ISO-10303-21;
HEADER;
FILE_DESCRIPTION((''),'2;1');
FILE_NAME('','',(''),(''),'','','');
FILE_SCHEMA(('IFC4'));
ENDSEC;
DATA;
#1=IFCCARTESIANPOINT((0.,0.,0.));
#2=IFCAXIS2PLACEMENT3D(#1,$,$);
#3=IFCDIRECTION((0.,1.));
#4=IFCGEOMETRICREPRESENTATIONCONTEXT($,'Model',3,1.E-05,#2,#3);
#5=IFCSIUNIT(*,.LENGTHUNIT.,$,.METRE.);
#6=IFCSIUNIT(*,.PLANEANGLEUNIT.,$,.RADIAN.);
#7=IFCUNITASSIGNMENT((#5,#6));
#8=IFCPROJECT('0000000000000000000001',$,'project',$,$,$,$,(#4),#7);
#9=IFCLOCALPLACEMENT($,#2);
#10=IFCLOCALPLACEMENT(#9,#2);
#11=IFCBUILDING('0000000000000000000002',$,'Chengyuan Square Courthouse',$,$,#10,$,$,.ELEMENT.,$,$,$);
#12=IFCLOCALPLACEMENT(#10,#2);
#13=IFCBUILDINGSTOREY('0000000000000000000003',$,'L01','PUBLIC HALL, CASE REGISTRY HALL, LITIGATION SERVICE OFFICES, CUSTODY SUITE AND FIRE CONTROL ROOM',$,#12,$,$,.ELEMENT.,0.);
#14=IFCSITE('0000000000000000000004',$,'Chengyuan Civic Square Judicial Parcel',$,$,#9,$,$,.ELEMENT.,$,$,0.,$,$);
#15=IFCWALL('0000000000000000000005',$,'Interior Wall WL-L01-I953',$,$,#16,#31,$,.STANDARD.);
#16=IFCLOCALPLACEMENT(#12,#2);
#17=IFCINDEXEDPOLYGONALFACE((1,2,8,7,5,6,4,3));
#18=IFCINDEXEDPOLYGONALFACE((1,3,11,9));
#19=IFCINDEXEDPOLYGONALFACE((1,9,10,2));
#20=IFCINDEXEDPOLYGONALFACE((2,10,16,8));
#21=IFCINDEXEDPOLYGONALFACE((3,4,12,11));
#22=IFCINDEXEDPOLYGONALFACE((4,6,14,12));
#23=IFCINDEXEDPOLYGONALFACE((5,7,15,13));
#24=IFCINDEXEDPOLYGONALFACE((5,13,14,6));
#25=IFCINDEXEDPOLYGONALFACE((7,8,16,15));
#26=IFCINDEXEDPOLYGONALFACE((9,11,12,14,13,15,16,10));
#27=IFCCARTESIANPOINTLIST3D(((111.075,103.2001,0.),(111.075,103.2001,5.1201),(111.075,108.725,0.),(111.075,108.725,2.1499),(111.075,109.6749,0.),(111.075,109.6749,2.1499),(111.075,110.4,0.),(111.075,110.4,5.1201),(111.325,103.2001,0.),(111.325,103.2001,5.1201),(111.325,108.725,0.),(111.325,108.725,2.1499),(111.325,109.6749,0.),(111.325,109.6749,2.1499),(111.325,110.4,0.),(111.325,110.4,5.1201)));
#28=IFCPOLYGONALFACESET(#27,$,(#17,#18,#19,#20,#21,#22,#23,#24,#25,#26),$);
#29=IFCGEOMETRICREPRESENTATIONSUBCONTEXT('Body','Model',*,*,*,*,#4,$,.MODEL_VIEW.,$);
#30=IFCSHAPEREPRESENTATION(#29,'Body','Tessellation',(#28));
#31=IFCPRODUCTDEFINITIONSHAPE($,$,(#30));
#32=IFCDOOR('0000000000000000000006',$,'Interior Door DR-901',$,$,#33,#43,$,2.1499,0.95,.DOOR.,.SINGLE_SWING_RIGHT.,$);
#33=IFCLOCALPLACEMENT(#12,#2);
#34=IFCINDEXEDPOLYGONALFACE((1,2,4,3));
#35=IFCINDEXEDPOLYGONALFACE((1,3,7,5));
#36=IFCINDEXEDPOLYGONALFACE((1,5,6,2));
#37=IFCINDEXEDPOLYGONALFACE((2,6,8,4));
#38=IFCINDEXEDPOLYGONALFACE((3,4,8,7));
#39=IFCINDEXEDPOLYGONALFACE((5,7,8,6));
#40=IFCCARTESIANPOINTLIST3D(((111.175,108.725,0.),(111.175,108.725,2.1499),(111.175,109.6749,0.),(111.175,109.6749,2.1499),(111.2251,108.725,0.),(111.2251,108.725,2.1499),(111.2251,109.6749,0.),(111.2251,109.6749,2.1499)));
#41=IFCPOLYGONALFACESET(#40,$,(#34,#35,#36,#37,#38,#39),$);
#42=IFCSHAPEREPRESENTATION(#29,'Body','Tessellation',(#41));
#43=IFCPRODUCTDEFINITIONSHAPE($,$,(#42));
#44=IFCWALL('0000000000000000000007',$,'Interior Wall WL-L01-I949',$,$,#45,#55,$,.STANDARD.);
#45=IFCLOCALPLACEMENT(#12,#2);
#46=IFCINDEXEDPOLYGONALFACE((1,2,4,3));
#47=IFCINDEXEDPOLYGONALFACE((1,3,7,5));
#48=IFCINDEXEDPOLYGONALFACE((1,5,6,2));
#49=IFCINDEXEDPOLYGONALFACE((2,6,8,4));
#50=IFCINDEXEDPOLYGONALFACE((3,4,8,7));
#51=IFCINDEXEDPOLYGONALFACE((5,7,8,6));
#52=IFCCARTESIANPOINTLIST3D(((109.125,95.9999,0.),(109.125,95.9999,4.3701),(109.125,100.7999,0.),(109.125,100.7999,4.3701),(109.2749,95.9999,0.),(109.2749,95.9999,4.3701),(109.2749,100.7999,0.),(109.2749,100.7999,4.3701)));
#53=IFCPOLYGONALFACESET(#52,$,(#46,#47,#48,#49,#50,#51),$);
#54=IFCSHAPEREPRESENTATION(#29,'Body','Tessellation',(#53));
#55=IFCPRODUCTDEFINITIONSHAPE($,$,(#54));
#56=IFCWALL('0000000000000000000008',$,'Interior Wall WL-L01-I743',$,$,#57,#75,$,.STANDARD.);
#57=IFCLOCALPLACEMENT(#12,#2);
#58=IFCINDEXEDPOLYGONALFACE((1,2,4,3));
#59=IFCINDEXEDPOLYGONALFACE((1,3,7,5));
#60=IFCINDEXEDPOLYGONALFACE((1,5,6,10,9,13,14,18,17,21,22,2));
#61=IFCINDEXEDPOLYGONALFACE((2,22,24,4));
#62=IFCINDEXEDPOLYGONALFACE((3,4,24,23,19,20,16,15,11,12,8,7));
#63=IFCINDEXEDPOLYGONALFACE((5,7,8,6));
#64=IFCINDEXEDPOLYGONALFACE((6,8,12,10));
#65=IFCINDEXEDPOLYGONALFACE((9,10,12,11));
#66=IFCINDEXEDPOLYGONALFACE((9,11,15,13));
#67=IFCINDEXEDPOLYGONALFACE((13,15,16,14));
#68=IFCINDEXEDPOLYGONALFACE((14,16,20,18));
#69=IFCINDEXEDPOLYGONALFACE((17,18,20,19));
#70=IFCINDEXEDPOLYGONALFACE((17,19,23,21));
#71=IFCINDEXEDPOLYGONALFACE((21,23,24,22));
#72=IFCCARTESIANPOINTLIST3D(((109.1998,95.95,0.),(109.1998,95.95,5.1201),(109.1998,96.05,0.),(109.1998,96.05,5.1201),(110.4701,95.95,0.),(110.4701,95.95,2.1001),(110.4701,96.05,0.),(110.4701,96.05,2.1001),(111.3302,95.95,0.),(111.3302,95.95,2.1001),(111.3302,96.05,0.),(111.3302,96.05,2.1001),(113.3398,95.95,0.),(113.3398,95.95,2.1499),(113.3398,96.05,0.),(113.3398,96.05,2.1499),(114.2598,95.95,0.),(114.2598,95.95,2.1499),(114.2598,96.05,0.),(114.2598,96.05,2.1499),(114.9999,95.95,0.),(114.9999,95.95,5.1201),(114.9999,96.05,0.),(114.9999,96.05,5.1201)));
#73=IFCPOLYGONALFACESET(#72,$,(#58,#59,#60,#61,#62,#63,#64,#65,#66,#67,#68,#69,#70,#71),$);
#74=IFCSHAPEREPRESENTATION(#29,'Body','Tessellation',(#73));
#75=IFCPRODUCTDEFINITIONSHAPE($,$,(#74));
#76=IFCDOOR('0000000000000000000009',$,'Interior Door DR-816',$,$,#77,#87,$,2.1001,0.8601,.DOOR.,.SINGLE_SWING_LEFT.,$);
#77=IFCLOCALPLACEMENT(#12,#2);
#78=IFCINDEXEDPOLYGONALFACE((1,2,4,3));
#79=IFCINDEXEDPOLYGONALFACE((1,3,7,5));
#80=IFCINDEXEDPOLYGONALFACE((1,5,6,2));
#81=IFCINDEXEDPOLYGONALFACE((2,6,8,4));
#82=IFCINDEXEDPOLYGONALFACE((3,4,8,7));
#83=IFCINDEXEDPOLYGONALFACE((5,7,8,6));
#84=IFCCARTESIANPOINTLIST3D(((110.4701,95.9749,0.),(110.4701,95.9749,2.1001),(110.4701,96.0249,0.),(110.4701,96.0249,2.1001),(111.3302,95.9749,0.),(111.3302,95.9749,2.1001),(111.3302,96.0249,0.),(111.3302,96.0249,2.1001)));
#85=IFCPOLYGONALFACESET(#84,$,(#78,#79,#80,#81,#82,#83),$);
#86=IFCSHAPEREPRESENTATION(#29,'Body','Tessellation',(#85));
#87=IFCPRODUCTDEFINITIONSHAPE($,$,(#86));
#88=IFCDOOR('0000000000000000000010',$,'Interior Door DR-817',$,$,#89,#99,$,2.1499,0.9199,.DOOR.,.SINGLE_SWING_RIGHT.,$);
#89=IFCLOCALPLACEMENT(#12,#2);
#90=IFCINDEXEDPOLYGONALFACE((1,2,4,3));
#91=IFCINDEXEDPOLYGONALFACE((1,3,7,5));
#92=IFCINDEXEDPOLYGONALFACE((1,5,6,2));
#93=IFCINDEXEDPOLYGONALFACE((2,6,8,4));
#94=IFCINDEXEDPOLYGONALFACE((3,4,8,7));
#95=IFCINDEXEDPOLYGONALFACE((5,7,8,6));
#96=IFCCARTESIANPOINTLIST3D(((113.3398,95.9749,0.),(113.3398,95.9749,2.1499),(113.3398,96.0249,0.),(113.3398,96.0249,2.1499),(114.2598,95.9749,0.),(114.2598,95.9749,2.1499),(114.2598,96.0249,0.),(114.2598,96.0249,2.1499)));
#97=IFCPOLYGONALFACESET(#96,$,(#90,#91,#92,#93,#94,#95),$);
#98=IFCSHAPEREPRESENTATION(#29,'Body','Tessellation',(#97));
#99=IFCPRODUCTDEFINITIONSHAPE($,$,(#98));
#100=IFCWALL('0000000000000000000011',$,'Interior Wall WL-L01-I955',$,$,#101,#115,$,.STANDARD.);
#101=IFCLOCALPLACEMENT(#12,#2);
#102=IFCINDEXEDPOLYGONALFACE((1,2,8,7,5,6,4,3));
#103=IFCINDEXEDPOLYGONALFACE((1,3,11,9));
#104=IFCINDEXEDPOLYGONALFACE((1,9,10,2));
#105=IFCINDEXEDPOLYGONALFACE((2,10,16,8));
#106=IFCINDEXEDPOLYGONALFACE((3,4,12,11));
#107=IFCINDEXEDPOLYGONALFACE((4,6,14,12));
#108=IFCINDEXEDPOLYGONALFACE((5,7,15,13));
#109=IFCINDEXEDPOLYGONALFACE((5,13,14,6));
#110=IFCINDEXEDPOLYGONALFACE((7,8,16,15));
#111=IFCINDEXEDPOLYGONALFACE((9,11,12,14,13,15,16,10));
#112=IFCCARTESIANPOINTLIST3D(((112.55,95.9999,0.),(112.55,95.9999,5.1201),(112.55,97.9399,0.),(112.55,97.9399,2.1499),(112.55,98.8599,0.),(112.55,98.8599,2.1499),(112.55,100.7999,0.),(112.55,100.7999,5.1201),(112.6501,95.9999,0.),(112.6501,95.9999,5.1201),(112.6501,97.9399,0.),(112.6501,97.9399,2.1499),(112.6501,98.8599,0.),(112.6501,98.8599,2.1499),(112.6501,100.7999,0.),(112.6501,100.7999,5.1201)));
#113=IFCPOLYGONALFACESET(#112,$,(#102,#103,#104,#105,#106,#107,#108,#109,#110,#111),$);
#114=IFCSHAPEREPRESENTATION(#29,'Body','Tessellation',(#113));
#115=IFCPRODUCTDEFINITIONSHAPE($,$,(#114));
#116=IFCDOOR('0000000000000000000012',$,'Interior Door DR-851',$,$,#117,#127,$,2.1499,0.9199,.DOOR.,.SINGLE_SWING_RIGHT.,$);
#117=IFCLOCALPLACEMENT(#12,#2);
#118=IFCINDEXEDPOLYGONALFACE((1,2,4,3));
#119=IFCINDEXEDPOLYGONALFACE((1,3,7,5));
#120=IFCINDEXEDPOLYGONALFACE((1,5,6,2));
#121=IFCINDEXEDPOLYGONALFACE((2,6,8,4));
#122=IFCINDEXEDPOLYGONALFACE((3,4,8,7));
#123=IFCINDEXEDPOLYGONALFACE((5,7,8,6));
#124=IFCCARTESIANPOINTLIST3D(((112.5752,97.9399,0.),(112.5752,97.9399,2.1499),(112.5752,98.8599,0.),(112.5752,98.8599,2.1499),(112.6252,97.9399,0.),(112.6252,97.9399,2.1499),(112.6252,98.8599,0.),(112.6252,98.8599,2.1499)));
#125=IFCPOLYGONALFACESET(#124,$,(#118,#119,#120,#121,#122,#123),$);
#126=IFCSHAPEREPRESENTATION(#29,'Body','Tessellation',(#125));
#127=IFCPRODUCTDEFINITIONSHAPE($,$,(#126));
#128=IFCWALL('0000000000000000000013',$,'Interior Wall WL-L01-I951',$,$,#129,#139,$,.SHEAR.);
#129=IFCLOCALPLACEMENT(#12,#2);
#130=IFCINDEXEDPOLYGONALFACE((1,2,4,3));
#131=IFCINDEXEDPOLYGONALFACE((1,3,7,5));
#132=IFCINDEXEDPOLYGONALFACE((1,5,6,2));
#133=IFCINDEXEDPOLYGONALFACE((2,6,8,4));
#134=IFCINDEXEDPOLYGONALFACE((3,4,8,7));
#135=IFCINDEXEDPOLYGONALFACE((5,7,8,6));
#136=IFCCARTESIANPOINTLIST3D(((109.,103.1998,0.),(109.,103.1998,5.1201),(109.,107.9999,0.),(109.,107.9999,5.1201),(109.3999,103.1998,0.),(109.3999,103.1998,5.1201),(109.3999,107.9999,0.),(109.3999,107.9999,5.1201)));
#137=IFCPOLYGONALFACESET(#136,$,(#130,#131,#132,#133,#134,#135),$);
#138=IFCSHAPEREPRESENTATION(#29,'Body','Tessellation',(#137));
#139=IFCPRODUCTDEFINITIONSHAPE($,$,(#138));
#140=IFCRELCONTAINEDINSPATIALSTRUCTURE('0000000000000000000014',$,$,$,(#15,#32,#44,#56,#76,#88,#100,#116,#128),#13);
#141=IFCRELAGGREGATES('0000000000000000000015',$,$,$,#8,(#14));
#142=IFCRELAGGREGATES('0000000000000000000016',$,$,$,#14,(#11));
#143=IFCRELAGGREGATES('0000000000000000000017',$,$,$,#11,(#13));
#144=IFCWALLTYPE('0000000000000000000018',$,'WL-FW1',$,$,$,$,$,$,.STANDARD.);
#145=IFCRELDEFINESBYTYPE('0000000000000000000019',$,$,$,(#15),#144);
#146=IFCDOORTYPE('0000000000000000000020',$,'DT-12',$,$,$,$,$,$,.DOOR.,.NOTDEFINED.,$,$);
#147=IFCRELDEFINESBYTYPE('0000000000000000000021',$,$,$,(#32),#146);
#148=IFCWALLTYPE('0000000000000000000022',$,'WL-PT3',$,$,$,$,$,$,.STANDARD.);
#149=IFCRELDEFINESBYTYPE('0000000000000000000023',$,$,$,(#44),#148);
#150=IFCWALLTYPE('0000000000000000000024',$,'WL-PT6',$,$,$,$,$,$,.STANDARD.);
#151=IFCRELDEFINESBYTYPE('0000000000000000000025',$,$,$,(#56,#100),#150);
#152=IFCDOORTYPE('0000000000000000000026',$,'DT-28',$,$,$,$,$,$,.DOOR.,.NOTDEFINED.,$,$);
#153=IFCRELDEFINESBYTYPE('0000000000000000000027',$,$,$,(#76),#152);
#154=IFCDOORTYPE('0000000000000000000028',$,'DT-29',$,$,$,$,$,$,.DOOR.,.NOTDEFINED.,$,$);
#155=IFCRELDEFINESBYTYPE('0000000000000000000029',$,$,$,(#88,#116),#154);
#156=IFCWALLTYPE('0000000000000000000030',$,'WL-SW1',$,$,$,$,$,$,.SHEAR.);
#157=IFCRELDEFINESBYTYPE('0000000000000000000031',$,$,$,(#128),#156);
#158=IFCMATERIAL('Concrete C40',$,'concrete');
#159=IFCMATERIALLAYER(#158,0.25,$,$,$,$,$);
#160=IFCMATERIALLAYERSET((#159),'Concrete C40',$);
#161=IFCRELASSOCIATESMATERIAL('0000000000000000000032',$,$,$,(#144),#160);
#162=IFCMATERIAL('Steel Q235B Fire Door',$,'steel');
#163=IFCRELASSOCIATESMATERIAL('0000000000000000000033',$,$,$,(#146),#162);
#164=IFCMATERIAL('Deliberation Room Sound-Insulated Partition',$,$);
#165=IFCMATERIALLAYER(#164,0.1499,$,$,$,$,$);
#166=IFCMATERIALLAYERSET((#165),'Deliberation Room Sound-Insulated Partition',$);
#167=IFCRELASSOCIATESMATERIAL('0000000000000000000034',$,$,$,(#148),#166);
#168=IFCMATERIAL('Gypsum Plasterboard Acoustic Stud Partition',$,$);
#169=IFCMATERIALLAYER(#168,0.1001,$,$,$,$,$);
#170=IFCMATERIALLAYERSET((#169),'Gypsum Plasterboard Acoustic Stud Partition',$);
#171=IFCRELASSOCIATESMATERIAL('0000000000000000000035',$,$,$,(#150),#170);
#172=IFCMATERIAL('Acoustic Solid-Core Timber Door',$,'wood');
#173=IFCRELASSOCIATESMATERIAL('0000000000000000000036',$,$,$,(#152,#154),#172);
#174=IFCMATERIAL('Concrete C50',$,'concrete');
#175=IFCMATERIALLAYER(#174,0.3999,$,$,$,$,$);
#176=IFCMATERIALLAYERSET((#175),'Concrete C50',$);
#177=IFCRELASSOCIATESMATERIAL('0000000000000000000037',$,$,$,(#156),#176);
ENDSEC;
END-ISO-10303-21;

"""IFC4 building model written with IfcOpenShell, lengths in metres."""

from ifc_helpers import new_model, si_unit, direction, frame, frame_2d, origin, place, context, subcontext, project, spatial, rectangle, extrude, material, layer, layer_set, type_object, element, fill, save


model = new_model("IFC4")

# Units and contexts
model_context = context("Model", 3, precision=1e-05, world=origin(), true_north=direction((0.0, 1.0)))
body_context = subcontext(model_context, "Body", "Model", "MODEL_VIEW")
ifc_project = project(units=[si_unit("LENGTHUNIT", "METRE"), si_unit("PLANEANGLEUNIT", "RADIAN")], contexts=[model_context])

# Site, building, storey
site_placement = place(None, origin())
site = spatial("IfcSite", under=ifc_project, at=site_placement, Name="Chengyuan Civic Square Judicial Parcel", CompositionType="ELEMENT", RefElevation=0.0)
building_placement = place(site_placement, origin())
building = spatial("IfcBuilding", under=site, at=building_placement, Name="Chengyuan Square Courthouse", CompositionType="ELEMENT")
storey_placement = place(building_placement, origin())
storey = spatial("IfcBuildingStorey", under=building, at=storey_placement, Name="L01", Description="PUBLIC HALL, CASE REGISTRY HALL, LITIGATION SERVICE OFFICES, CUSTODY SUITE AND FIRE CONTROL ROOM", CompositionType="ELEMENT", Elevation=0.0)

# Shared definitions
ifc_material_1 = material(Name="Concrete C50", Category="concrete")

# Shared definitions
ifc_material_2 = material(Name="Concrete C40", Category="concrete")

# Shared definitions
ifc_layer_1 = layer(ifc_material_2, 0.25)
ifc_layer_set_1 = layer_set([ifc_layer_1], Name="Concrete C40")
wall_type_1 = type_object("IfcWallType", Name="WL-FW1", PredefinedType="STANDARD", material=ifc_layer_set_1)
ifc_material_3 = material(Name="Steel Q235B Fire Door", Category="steel")

# Wall, opening, door
wall_1_placement = place(storey_placement, frame((111.2, 103.2, 0.0), z_axis=(0.0, 0.0, 1.0), x_axis=(0.0, 1.0, 0.0)))
wall_1 = element("IfcWall", 1, at=wall_1_placement, inside=storey, type_object=wall_type_1, Name="Interior Wall WL-L01-I953", PredefinedType="STANDARD", context=body_context, shape_type="SweptSolid", body=[
    extrude(rectangle(XDim=7.2, YDim=0.25, at=frame_2d((3.6001, 0.0))), origin(), (0.0, 0.0, 1.0), 5.1201),
])
opening_1_placement = place(wall_1_placement, frame((5.5249, 0.0, 0.0)))
opening_1 = element("IfcOpeningElement", 2, at=opening_1_placement, cuts=wall_1, PredefinedType="OPENING", context=body_context, shape_type="SweptSolid", body=[
    extrude(rectangle(XDim=0.95, YDim=2.1499, at=frame_2d((0.4751, 1.075))), frame((0.0, 0.137, 0.0), z_axis=(0.0, -1.0, 0.0), x_axis=(1.0, 0.0, 0.0)), (0.0, 0.0, 1.0), 0.2739),
])
door_type_1 = type_object("IfcDoorType", Name="DT-12", OperationType="NOTDEFINED", PredefinedType="DOOR", material=ifc_material_3)
door_1_placement = place(opening_1_placement, origin())
door_1 = element("IfcDoor", 3, at=door_1_placement, inside=storey, type_object=door_type_1, Name="Interior Door DR-901", OperationType="SINGLE_SWING_RIGHT", OverallHeight=2.1499, OverallWidth=0.95, PredefinedType="DOOR", context=body_context, shape_type="SweptSolid", body=[
    extrude(rectangle(XDim=0.95, YDim=2.1499, at=frame_2d((0.4751, 1.075))), frame((0.0, 0.0249, 0.0), z_axis=(0.0, -1.0, 0.0), x_axis=(1.0, 0.0, 0.0)), (0.0, 0.0, 1.0), 0.05),
])
fill(opening_1, door_1)

# Wall
ifc_material_4 = material(Name="Deliberation Room Sound-Insulated Partition")
ifc_layer_2 = layer(ifc_material_4, 0.1499)
ifc_layer_set_2 = layer_set([ifc_layer_2], Name="Deliberation Room Sound-Insulated Partition")
wall_type_2 = type_object("IfcWallType", Name="WL-PT3", PredefinedType="STANDARD", material=ifc_layer_set_2)
wall_2_placement = place(storey_placement, frame((109.2, 96.0, 0.0), z_axis=(0.0, 0.0, 1.0), x_axis=(0.0, 1.0, 0.0)))
element("IfcWall", 4, at=wall_2_placement, inside=storey, type_object=wall_type_2, Name="Interior Wall WL-L01-I949", PredefinedType="STANDARD", context=body_context, shape_type="SweptSolid", body=[
    extrude(rectangle(XDim=4.8, YDim=0.1499, at=frame_2d((2.3999, 0.0))), origin(), (0.0, 0.0, 1.0), 4.3701),
])

# Wall, openings, doors
ifc_material_5 = material(Name="Gypsum Plasterboard Acoustic Stud Partition")
ifc_layer_3 = layer(ifc_material_5, 0.1001)
ifc_layer_set_3 = layer_set([ifc_layer_3], Name="Gypsum Plasterboard Acoustic Stud Partition")
wall_type_3 = type_object("IfcWallType", Name="WL-PT6", PredefinedType="STANDARD", material=ifc_layer_set_3)
wall_3_placement = place(storey_placement, frame((109.2, 96.0, 0.0), z_axis=(0.0, 0.0, 1.0), x_axis=(1.0, 0.0, 0.0)))
wall_3 = element("IfcWall", 5, at=wall_3_placement, inside=storey, type_object=wall_type_3, Name="Interior Wall WL-L01-I743", PredefinedType="STANDARD", context=body_context, shape_type="SweptSolid", body=[
    extrude(rectangle(XDim=5.8, YDim=0.1001, at=frame_2d((2.8999, 0.0))), origin(), (0.0, 0.0, 1.0), 5.1201),
])
opening_2_placement = place(wall_3_placement, frame((1.27, 0.0, 0.0)))
opening_2 = element("IfcOpeningElement", 6, at=opening_2_placement, cuts=wall_3, PredefinedType="OPENING", context=body_context, shape_type="SweptSolid", body=[
    extrude(rectangle(XDim=0.8601, YDim=2.1001, at=frame_2d((0.4302, 1.05))), frame((0.0, 0.062, 0.0), z_axis=(0.0, -1.0, 0.0), x_axis=(1.0, 0.0, 0.0)), (0.0, 0.0, 1.0), 0.124),
])
opening_3_placement = place(wall_3_placement, frame((4.1399, 0.0, 0.0)))
opening_3 = element("IfcOpeningElement", 7, at=opening_3_placement, cuts=wall_3, PredefinedType="OPENING", context=body_context, shape_type="SweptSolid", body=[
    extrude(rectangle(XDim=0.9199, YDim=2.1499, at=frame_2d((0.46, 1.075))), frame((0.0, 0.062, 0.0), z_axis=(0.0, -1.0, 0.0), x_axis=(1.0, 0.0, 0.0)), (0.0, 0.0, 1.0), 0.124),
])
ifc_material_6 = material(Name="Acoustic Solid-Core Timber Door", Category="wood")
door_type_2 = type_object("IfcDoorType", Name="DT-28", OperationType="NOTDEFINED", PredefinedType="DOOR", material=ifc_material_6)
door_2_placement = place(opening_2_placement, origin())
door_2 = element("IfcDoor", 8, at=door_2_placement, inside=storey, type_object=door_type_2, Name="Interior Door DR-816", OperationType="SINGLE_SWING_LEFT", OverallHeight=2.1001, OverallWidth=0.8601, PredefinedType="DOOR", context=body_context, shape_type="SweptSolid", body=[
    extrude(rectangle(XDim=0.8601, YDim=2.1001, at=frame_2d((0.4302, 1.05))), frame((0.0, 0.0249, 0.0), z_axis=(0.0, -1.0, 0.0), x_axis=(1.0, 0.0, 0.0)), (0.0, 0.0, 1.0), 0.05),
])
fill(opening_2, door_2)
door_type_3 = type_object("IfcDoorType", Name="DT-29", OperationType="NOTDEFINED", PredefinedType="DOOR", material=ifc_material_6)
door_3_placement = place(opening_3_placement, origin())
door_3 = element("IfcDoor", 9, at=door_3_placement, inside=storey, type_object=door_type_3, Name="Interior Door DR-817", OperationType="SINGLE_SWING_RIGHT", OverallHeight=2.1499, OverallWidth=0.9199, PredefinedType="DOOR", context=body_context, shape_type="SweptSolid", body=[
    extrude(rectangle(XDim=0.9199, YDim=2.1499, at=frame_2d((0.46, 1.075))), frame((0.0, 0.0249, 0.0), z_axis=(0.0, -1.0, 0.0), x_axis=(1.0, 0.0, 0.0)), (0.0, 0.0, 1.0), 0.05),
])
fill(opening_3, door_3)

# Wall, opening, door
wall_4_placement = place(storey_placement, frame((112.6001, 96.0, 0.0), z_axis=(0.0, 0.0, 1.0), x_axis=(0.0, 1.0, 0.0)))
wall_4 = element("IfcWall", 10, at=wall_4_placement, inside=storey, type_object=wall_type_3, Name="Interior Wall WL-L01-I955", PredefinedType="STANDARD", context=body_context, shape_type="SweptSolid", body=[
    extrude(rectangle(XDim=4.8, YDim=0.1001, at=frame_2d((2.3999, 0.0))), origin(), (0.0, 0.0, 1.0), 5.1201),
])
opening_4_placement = place(wall_4_placement, frame((1.9399, 0.0, 0.0)))
opening_4 = element("IfcOpeningElement", 11, at=opening_4_placement, cuts=wall_4, PredefinedType="OPENING", context=body_context, shape_type="SweptSolid", body=[
    extrude(rectangle(XDim=0.9199, YDim=2.1499, at=frame_2d((0.46, 1.075))), frame((0.0, 0.062, 0.0), z_axis=(0.0, -1.0, 0.0), x_axis=(1.0, 0.0, 0.0)), (0.0, 0.0, 1.0), 0.124),
])
door_4_placement = place(opening_4_placement, origin())
door_4 = element("IfcDoor", 12, at=door_4_placement, inside=storey, type_object=door_type_3, Name="Interior Door DR-851", OperationType="SINGLE_SWING_RIGHT", OverallHeight=2.1499, OverallWidth=0.9199, PredefinedType="DOOR", context=body_context, shape_type="SweptSolid", body=[
    extrude(rectangle(XDim=0.9199, YDim=2.1499, at=frame_2d((0.46, 1.075))), frame((0.0, 0.0249, 0.0), z_axis=(0.0, -1.0, 0.0), x_axis=(1.0, 0.0, 0.0)), (0.0, 0.0, 1.0), 0.05),
])
fill(opening_4, door_4)

# Wall
ifc_layer_4 = layer(ifc_material_1, 0.3999)
ifc_layer_set_4 = layer_set([ifc_layer_4], Name="Concrete C50")
wall_type_4 = type_object("IfcWallType", Name="WL-SW1", PredefinedType="SHEAR", material=ifc_layer_set_4)
wall_5_placement = place(storey_placement, frame((109.2, 103.2, 0.0), z_axis=(0.0, 0.0, 1.0), x_axis=(0.0, 1.0, 0.0)))
element("IfcWall", 13, at=wall_5_placement, inside=storey, type_object=wall_type_4, Name="Interior Wall WL-L01-I951", PredefinedType="SHEAR", context=body_context, shape_type="SweptSolid", body=[
    extrude(rectangle(XDim=4.8, YDim=0.3999, at=frame_2d((2.3999, 0.0))), origin(), (0.0, 0.0, 1.0), 5.1201),
])

save(model, "model.ifc")
